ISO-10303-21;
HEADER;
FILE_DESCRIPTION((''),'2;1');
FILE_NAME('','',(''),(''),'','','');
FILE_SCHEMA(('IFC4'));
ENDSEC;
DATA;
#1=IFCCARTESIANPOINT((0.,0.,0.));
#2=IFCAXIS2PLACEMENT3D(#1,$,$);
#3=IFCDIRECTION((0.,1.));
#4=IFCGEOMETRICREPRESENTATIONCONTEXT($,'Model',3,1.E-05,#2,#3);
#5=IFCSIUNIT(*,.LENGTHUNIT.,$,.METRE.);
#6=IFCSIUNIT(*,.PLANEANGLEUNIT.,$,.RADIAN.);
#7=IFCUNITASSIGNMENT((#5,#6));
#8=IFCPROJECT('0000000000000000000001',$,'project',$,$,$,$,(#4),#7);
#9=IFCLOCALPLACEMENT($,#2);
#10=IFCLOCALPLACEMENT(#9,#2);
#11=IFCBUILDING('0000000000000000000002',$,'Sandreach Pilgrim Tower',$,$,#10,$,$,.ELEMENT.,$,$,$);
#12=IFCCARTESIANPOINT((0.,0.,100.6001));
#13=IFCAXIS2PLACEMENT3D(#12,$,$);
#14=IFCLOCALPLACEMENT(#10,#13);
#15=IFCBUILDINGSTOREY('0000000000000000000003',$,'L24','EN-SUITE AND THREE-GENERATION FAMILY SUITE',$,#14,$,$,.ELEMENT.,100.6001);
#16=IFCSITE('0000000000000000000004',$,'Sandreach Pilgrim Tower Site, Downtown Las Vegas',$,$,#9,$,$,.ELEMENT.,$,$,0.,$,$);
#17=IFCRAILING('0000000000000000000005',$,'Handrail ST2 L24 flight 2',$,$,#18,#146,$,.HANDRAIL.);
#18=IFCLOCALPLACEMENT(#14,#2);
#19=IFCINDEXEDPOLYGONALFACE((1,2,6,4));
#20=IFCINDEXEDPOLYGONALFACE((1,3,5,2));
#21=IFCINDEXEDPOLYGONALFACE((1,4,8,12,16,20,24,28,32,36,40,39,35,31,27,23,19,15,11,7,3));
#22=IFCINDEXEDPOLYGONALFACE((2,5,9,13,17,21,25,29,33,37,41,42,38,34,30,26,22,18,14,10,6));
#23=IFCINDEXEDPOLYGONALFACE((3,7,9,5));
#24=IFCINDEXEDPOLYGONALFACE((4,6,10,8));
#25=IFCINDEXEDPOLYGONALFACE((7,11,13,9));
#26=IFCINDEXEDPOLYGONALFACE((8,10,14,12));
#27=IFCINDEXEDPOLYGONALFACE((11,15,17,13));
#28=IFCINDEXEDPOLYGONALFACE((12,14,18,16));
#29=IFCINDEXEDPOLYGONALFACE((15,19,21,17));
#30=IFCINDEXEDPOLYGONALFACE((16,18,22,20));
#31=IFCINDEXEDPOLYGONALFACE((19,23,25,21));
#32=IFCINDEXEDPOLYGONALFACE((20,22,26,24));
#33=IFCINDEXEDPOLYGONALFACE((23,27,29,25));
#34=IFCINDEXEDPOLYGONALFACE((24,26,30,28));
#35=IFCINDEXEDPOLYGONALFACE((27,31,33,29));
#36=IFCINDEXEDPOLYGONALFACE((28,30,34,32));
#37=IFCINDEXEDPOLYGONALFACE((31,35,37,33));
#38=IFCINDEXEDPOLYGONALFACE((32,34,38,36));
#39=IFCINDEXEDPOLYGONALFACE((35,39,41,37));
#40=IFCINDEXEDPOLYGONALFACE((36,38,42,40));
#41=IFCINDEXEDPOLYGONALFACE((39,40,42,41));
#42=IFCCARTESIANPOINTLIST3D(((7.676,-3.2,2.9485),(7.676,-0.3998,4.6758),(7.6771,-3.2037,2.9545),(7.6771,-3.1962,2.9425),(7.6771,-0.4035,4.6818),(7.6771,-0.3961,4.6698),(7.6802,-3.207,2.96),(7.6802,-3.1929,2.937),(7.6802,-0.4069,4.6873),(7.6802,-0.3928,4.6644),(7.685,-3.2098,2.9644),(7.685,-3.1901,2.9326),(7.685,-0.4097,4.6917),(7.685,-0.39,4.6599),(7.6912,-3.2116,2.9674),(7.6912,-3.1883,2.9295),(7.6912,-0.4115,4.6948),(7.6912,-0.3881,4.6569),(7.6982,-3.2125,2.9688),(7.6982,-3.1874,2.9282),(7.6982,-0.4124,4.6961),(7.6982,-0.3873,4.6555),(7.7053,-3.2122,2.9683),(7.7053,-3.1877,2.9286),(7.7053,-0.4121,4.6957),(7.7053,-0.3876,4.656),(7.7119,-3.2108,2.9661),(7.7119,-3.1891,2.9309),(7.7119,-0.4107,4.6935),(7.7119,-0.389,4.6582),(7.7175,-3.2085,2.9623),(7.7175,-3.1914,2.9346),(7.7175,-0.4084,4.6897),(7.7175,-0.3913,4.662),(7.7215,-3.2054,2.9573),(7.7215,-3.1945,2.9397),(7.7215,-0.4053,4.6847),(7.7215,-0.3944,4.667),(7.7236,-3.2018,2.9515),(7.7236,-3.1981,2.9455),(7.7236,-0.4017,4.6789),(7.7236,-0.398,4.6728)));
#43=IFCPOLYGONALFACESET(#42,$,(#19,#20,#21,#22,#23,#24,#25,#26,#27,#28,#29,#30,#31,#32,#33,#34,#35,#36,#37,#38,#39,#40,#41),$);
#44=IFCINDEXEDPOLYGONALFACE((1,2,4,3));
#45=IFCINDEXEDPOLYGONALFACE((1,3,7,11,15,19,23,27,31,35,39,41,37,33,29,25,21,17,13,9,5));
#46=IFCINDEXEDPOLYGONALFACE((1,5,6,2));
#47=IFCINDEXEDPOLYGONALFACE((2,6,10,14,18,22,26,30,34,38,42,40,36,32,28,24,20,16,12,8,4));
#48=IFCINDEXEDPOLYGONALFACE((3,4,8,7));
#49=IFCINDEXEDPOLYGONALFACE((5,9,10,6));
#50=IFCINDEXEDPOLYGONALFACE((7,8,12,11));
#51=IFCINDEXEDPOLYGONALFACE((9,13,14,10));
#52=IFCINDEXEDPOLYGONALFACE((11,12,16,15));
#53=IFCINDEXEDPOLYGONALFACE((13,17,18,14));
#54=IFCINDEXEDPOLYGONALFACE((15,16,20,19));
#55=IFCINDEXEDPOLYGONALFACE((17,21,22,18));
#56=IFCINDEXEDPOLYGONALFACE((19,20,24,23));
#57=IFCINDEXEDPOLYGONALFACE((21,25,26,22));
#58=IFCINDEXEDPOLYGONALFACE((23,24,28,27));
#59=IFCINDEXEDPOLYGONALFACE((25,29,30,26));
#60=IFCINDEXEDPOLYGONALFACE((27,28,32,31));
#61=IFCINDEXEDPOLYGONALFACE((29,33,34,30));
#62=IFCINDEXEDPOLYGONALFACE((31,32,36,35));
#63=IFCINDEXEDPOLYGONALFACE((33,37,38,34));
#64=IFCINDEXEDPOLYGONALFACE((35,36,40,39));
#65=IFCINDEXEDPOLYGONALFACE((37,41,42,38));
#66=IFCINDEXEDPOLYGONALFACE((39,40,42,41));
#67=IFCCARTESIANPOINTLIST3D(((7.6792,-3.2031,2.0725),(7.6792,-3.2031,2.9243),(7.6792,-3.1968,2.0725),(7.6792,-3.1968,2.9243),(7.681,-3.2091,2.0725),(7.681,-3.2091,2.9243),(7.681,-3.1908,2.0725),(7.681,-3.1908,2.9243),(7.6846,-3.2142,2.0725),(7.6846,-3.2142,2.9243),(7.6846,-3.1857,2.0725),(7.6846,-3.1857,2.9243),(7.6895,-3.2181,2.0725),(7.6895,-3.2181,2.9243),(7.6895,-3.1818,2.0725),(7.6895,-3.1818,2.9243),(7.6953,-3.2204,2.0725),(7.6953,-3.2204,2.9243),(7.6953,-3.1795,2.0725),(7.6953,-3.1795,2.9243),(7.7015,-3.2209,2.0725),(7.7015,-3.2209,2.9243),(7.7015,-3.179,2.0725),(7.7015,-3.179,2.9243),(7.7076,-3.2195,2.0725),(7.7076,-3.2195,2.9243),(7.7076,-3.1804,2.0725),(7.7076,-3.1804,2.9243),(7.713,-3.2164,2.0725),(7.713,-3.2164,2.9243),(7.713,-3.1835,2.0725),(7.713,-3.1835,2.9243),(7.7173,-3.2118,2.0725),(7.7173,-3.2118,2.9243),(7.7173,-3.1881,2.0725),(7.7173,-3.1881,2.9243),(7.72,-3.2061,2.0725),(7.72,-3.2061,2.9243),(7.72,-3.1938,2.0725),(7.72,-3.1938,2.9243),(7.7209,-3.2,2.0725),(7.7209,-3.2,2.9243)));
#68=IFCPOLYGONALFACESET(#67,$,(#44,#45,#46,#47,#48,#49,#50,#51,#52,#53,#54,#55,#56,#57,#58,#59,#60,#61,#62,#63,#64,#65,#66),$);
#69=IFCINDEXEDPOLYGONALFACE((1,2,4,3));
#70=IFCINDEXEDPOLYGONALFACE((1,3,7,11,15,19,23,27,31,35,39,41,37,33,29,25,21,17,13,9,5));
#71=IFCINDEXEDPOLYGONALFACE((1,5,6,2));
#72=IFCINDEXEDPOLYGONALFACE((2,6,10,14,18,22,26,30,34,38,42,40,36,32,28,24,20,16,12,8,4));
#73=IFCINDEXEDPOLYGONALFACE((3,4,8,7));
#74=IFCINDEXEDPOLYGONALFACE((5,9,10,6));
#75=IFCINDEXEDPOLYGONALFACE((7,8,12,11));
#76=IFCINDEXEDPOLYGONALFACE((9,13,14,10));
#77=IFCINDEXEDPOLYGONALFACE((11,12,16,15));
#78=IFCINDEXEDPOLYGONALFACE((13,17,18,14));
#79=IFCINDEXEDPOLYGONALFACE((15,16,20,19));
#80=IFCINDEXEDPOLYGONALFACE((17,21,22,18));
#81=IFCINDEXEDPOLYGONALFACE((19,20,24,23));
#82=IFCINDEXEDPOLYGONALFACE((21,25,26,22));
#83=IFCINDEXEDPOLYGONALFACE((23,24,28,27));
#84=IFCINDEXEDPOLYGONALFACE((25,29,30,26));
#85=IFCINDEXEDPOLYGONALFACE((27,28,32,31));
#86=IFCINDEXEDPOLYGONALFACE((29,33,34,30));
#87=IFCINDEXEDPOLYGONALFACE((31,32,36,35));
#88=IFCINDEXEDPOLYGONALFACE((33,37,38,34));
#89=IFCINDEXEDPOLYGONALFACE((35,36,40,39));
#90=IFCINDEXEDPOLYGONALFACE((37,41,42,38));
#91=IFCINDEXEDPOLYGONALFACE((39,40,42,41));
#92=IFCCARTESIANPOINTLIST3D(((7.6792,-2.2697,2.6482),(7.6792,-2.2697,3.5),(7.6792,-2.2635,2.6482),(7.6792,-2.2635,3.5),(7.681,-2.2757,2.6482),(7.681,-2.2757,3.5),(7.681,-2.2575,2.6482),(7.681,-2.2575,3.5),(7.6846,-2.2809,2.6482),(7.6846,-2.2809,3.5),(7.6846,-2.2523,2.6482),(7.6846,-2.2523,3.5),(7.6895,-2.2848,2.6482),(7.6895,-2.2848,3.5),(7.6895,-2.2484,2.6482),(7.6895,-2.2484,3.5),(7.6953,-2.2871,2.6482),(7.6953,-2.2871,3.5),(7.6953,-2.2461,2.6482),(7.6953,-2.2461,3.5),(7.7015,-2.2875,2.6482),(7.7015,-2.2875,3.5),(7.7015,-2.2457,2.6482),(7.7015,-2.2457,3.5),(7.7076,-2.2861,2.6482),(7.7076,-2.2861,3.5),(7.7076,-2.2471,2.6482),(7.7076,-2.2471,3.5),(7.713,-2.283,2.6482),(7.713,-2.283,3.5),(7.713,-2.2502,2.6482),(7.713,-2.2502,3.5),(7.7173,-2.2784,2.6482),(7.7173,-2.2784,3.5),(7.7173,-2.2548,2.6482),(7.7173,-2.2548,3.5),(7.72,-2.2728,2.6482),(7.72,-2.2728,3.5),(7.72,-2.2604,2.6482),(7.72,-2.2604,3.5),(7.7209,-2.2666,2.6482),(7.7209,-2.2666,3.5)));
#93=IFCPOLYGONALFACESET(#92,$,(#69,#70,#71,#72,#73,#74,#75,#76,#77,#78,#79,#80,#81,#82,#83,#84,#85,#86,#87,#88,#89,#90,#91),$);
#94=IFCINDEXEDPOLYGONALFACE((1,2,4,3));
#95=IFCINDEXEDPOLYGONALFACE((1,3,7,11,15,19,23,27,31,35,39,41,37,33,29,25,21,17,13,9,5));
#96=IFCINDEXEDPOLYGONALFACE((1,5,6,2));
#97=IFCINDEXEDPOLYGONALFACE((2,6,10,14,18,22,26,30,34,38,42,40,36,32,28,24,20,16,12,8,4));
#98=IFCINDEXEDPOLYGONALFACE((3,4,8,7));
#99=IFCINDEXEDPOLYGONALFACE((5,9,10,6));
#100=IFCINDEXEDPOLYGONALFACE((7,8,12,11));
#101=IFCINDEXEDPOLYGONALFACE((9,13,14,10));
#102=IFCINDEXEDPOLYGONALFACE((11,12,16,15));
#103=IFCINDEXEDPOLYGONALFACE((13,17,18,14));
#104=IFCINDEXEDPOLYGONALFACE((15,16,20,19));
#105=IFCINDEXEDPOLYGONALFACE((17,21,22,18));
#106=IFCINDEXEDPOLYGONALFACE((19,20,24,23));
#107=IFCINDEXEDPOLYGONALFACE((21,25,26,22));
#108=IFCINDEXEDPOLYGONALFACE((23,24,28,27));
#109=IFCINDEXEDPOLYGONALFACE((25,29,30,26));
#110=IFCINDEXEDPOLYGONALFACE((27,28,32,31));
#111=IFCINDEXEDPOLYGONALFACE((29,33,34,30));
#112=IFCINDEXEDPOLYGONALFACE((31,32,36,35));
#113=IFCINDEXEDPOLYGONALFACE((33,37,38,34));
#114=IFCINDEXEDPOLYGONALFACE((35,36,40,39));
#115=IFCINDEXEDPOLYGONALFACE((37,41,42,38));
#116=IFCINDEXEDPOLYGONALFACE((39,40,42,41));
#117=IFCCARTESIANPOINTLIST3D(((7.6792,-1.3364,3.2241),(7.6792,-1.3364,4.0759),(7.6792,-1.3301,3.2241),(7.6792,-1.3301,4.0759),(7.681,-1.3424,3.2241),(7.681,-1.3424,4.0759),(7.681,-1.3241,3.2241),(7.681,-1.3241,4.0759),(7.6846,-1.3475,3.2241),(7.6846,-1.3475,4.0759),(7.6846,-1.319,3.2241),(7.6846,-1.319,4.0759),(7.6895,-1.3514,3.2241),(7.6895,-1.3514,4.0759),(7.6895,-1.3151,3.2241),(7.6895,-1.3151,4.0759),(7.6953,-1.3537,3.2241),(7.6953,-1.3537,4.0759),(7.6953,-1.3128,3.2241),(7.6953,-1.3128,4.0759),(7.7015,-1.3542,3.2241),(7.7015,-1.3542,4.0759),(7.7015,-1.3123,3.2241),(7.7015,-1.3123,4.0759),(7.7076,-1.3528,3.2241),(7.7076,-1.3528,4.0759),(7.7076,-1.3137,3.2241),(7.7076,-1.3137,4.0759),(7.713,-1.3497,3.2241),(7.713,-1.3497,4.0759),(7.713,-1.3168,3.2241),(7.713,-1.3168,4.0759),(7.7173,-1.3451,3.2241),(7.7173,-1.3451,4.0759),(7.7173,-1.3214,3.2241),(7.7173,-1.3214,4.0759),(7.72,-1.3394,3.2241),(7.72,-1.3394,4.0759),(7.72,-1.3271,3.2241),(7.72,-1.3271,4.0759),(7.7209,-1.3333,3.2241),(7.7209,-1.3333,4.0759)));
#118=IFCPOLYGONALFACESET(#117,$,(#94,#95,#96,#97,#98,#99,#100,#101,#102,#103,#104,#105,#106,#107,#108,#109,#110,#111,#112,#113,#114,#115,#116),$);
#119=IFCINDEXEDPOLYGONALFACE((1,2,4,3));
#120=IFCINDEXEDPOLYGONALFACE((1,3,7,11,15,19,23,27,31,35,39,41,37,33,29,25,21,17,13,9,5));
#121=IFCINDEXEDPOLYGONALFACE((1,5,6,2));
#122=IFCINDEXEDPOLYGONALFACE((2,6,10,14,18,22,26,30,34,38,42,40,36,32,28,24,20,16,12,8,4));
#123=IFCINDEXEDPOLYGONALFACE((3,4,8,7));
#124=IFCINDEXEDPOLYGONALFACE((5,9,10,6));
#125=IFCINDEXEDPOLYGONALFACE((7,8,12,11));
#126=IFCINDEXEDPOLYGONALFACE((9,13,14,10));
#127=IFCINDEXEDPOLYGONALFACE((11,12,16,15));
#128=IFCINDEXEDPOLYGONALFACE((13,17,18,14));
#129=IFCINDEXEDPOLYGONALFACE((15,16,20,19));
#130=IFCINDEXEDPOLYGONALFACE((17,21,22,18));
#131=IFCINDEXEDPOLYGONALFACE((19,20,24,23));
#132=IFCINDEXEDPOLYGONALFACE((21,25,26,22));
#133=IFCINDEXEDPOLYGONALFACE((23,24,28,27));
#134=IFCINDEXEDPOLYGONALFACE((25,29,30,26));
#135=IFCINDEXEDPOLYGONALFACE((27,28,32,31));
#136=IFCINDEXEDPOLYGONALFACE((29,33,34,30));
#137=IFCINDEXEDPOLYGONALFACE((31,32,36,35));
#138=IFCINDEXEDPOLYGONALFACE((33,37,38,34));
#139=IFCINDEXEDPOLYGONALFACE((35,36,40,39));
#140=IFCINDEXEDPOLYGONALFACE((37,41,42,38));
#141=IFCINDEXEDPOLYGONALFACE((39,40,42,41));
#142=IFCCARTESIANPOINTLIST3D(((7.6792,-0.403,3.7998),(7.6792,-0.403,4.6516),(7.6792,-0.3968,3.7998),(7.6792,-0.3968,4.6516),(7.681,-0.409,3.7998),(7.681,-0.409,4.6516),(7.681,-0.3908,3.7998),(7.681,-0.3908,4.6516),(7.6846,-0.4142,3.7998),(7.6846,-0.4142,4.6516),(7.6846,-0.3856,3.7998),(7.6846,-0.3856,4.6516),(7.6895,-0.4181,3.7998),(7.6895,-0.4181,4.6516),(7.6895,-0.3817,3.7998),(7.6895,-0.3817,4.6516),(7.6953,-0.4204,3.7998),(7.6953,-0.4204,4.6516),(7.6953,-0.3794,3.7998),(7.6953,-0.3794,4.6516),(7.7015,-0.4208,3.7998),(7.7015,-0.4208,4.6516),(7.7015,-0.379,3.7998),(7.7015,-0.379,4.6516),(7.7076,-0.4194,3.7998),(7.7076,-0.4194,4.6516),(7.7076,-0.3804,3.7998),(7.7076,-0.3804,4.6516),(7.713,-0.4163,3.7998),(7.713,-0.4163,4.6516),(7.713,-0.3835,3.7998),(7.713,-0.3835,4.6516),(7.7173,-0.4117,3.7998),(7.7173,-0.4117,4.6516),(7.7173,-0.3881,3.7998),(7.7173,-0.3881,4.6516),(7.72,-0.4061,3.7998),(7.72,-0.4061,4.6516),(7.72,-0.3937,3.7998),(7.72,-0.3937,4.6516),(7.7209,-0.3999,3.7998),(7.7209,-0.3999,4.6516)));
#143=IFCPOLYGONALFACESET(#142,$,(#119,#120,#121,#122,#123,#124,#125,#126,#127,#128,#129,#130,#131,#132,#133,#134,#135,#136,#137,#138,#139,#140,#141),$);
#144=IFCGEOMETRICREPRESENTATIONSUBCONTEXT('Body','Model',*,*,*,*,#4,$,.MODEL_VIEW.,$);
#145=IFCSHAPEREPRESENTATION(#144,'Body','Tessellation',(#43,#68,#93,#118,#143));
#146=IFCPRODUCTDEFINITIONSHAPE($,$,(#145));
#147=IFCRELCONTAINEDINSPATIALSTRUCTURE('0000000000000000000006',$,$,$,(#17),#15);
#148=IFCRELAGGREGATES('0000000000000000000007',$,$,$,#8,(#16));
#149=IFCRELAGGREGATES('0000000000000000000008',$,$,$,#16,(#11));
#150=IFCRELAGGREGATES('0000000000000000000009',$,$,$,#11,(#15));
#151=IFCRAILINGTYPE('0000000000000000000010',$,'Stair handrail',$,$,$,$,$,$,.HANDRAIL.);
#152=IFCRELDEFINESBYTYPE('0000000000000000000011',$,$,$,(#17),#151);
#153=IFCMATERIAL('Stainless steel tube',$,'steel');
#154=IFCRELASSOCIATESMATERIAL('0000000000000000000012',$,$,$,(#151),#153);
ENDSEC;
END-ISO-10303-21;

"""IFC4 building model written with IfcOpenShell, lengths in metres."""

from ifc_helpers import new_model, si_unit, direction, frame, origin, origin_2d, place, context, subcontext, project, spatial, circle, extrude, material, type_object, element, save


model = new_model("IFC4")

# Units and contexts
model_context = context("Model", 3, precision=1e-05, world=origin(), true_north=direction((0.0, 1.0)))
body_context = subcontext(model_context, "Body", "Model", "MODEL_VIEW")
ifc_project = project(units=[si_unit("LENGTHUNIT", "METRE"), si_unit("PLANEANGLEUNIT", "RADIAN")], contexts=[model_context])

# Site, building, storey
site_placement = place(None, origin())
site = spatial("IfcSite", under=ifc_project, at=site_placement, Name="Sandreach Pilgrim Tower Site, Downtown Las Vegas", CompositionType="ELEMENT", RefElevation=0.0)
building_placement = place(site_placement, origin())
building = spatial("IfcBuilding", under=site, at=building_placement, Name="Sandreach Pilgrim Tower", CompositionType="ELEMENT")
storey_placement = place(building_placement, frame((0.0, 0.0, 100.6001)))
storey = spatial("IfcBuildingStorey", under=building, at=storey_placement, Name="L24", Description="EN-SUITE AND THREE-GENERATION FAMILY SUITE", CompositionType="ELEMENT", Elevation=100.6001)

# Railing
ifc_material_1 = material(Name="Stainless steel tube", Category="steel")
railing_type = type_object("IfcRailingType", Name="Stair handrail", PredefinedType="HANDRAIL", material=ifc_material_1)
for number, where, name in (
    (1, (7.7, -3.2, 2.0725), "Handrail ST2 L24 flight 2"),
):
    element("IfcRailing", number, at=place(storey_placement, frame(where)), inside=storey, type_object=railing_type, Name=name, PredefinedType="HANDRAIL", context=body_context, shape_type="SweptSolid", body=[
        extrude(circle(Radius=0.0239, at=origin_2d()), frame((0.0, 0.0, 0.876), z_axis=(0.0, 0.85109, 0.52502), x_axis=(-1.0, 0.0, 0.0)), (0.0, 0.0, 1.0), 3.29),
        extrude(circle(Radius=0.021, at=origin_2d()), origin(), (0.0, 0.0, 1.0), 0.8518),
        extrude(circle(Radius=0.021, at=origin_2d()), frame((0.0, 0.9333, 0.5757)), (0.0, 0.0, 1.0), 0.8518),
        extrude(circle(Radius=0.021, at=origin_2d()), frame((0.0, 1.8667, 1.1516)), (0.0, 0.0, 1.0), 0.8518),
        extrude(circle(Radius=0.021, at=origin_2d()), frame((0.0, 2.8, 1.7273)), (0.0, 0.0, 1.0), 0.8518),
    ])

save(model, "model.ifc")
